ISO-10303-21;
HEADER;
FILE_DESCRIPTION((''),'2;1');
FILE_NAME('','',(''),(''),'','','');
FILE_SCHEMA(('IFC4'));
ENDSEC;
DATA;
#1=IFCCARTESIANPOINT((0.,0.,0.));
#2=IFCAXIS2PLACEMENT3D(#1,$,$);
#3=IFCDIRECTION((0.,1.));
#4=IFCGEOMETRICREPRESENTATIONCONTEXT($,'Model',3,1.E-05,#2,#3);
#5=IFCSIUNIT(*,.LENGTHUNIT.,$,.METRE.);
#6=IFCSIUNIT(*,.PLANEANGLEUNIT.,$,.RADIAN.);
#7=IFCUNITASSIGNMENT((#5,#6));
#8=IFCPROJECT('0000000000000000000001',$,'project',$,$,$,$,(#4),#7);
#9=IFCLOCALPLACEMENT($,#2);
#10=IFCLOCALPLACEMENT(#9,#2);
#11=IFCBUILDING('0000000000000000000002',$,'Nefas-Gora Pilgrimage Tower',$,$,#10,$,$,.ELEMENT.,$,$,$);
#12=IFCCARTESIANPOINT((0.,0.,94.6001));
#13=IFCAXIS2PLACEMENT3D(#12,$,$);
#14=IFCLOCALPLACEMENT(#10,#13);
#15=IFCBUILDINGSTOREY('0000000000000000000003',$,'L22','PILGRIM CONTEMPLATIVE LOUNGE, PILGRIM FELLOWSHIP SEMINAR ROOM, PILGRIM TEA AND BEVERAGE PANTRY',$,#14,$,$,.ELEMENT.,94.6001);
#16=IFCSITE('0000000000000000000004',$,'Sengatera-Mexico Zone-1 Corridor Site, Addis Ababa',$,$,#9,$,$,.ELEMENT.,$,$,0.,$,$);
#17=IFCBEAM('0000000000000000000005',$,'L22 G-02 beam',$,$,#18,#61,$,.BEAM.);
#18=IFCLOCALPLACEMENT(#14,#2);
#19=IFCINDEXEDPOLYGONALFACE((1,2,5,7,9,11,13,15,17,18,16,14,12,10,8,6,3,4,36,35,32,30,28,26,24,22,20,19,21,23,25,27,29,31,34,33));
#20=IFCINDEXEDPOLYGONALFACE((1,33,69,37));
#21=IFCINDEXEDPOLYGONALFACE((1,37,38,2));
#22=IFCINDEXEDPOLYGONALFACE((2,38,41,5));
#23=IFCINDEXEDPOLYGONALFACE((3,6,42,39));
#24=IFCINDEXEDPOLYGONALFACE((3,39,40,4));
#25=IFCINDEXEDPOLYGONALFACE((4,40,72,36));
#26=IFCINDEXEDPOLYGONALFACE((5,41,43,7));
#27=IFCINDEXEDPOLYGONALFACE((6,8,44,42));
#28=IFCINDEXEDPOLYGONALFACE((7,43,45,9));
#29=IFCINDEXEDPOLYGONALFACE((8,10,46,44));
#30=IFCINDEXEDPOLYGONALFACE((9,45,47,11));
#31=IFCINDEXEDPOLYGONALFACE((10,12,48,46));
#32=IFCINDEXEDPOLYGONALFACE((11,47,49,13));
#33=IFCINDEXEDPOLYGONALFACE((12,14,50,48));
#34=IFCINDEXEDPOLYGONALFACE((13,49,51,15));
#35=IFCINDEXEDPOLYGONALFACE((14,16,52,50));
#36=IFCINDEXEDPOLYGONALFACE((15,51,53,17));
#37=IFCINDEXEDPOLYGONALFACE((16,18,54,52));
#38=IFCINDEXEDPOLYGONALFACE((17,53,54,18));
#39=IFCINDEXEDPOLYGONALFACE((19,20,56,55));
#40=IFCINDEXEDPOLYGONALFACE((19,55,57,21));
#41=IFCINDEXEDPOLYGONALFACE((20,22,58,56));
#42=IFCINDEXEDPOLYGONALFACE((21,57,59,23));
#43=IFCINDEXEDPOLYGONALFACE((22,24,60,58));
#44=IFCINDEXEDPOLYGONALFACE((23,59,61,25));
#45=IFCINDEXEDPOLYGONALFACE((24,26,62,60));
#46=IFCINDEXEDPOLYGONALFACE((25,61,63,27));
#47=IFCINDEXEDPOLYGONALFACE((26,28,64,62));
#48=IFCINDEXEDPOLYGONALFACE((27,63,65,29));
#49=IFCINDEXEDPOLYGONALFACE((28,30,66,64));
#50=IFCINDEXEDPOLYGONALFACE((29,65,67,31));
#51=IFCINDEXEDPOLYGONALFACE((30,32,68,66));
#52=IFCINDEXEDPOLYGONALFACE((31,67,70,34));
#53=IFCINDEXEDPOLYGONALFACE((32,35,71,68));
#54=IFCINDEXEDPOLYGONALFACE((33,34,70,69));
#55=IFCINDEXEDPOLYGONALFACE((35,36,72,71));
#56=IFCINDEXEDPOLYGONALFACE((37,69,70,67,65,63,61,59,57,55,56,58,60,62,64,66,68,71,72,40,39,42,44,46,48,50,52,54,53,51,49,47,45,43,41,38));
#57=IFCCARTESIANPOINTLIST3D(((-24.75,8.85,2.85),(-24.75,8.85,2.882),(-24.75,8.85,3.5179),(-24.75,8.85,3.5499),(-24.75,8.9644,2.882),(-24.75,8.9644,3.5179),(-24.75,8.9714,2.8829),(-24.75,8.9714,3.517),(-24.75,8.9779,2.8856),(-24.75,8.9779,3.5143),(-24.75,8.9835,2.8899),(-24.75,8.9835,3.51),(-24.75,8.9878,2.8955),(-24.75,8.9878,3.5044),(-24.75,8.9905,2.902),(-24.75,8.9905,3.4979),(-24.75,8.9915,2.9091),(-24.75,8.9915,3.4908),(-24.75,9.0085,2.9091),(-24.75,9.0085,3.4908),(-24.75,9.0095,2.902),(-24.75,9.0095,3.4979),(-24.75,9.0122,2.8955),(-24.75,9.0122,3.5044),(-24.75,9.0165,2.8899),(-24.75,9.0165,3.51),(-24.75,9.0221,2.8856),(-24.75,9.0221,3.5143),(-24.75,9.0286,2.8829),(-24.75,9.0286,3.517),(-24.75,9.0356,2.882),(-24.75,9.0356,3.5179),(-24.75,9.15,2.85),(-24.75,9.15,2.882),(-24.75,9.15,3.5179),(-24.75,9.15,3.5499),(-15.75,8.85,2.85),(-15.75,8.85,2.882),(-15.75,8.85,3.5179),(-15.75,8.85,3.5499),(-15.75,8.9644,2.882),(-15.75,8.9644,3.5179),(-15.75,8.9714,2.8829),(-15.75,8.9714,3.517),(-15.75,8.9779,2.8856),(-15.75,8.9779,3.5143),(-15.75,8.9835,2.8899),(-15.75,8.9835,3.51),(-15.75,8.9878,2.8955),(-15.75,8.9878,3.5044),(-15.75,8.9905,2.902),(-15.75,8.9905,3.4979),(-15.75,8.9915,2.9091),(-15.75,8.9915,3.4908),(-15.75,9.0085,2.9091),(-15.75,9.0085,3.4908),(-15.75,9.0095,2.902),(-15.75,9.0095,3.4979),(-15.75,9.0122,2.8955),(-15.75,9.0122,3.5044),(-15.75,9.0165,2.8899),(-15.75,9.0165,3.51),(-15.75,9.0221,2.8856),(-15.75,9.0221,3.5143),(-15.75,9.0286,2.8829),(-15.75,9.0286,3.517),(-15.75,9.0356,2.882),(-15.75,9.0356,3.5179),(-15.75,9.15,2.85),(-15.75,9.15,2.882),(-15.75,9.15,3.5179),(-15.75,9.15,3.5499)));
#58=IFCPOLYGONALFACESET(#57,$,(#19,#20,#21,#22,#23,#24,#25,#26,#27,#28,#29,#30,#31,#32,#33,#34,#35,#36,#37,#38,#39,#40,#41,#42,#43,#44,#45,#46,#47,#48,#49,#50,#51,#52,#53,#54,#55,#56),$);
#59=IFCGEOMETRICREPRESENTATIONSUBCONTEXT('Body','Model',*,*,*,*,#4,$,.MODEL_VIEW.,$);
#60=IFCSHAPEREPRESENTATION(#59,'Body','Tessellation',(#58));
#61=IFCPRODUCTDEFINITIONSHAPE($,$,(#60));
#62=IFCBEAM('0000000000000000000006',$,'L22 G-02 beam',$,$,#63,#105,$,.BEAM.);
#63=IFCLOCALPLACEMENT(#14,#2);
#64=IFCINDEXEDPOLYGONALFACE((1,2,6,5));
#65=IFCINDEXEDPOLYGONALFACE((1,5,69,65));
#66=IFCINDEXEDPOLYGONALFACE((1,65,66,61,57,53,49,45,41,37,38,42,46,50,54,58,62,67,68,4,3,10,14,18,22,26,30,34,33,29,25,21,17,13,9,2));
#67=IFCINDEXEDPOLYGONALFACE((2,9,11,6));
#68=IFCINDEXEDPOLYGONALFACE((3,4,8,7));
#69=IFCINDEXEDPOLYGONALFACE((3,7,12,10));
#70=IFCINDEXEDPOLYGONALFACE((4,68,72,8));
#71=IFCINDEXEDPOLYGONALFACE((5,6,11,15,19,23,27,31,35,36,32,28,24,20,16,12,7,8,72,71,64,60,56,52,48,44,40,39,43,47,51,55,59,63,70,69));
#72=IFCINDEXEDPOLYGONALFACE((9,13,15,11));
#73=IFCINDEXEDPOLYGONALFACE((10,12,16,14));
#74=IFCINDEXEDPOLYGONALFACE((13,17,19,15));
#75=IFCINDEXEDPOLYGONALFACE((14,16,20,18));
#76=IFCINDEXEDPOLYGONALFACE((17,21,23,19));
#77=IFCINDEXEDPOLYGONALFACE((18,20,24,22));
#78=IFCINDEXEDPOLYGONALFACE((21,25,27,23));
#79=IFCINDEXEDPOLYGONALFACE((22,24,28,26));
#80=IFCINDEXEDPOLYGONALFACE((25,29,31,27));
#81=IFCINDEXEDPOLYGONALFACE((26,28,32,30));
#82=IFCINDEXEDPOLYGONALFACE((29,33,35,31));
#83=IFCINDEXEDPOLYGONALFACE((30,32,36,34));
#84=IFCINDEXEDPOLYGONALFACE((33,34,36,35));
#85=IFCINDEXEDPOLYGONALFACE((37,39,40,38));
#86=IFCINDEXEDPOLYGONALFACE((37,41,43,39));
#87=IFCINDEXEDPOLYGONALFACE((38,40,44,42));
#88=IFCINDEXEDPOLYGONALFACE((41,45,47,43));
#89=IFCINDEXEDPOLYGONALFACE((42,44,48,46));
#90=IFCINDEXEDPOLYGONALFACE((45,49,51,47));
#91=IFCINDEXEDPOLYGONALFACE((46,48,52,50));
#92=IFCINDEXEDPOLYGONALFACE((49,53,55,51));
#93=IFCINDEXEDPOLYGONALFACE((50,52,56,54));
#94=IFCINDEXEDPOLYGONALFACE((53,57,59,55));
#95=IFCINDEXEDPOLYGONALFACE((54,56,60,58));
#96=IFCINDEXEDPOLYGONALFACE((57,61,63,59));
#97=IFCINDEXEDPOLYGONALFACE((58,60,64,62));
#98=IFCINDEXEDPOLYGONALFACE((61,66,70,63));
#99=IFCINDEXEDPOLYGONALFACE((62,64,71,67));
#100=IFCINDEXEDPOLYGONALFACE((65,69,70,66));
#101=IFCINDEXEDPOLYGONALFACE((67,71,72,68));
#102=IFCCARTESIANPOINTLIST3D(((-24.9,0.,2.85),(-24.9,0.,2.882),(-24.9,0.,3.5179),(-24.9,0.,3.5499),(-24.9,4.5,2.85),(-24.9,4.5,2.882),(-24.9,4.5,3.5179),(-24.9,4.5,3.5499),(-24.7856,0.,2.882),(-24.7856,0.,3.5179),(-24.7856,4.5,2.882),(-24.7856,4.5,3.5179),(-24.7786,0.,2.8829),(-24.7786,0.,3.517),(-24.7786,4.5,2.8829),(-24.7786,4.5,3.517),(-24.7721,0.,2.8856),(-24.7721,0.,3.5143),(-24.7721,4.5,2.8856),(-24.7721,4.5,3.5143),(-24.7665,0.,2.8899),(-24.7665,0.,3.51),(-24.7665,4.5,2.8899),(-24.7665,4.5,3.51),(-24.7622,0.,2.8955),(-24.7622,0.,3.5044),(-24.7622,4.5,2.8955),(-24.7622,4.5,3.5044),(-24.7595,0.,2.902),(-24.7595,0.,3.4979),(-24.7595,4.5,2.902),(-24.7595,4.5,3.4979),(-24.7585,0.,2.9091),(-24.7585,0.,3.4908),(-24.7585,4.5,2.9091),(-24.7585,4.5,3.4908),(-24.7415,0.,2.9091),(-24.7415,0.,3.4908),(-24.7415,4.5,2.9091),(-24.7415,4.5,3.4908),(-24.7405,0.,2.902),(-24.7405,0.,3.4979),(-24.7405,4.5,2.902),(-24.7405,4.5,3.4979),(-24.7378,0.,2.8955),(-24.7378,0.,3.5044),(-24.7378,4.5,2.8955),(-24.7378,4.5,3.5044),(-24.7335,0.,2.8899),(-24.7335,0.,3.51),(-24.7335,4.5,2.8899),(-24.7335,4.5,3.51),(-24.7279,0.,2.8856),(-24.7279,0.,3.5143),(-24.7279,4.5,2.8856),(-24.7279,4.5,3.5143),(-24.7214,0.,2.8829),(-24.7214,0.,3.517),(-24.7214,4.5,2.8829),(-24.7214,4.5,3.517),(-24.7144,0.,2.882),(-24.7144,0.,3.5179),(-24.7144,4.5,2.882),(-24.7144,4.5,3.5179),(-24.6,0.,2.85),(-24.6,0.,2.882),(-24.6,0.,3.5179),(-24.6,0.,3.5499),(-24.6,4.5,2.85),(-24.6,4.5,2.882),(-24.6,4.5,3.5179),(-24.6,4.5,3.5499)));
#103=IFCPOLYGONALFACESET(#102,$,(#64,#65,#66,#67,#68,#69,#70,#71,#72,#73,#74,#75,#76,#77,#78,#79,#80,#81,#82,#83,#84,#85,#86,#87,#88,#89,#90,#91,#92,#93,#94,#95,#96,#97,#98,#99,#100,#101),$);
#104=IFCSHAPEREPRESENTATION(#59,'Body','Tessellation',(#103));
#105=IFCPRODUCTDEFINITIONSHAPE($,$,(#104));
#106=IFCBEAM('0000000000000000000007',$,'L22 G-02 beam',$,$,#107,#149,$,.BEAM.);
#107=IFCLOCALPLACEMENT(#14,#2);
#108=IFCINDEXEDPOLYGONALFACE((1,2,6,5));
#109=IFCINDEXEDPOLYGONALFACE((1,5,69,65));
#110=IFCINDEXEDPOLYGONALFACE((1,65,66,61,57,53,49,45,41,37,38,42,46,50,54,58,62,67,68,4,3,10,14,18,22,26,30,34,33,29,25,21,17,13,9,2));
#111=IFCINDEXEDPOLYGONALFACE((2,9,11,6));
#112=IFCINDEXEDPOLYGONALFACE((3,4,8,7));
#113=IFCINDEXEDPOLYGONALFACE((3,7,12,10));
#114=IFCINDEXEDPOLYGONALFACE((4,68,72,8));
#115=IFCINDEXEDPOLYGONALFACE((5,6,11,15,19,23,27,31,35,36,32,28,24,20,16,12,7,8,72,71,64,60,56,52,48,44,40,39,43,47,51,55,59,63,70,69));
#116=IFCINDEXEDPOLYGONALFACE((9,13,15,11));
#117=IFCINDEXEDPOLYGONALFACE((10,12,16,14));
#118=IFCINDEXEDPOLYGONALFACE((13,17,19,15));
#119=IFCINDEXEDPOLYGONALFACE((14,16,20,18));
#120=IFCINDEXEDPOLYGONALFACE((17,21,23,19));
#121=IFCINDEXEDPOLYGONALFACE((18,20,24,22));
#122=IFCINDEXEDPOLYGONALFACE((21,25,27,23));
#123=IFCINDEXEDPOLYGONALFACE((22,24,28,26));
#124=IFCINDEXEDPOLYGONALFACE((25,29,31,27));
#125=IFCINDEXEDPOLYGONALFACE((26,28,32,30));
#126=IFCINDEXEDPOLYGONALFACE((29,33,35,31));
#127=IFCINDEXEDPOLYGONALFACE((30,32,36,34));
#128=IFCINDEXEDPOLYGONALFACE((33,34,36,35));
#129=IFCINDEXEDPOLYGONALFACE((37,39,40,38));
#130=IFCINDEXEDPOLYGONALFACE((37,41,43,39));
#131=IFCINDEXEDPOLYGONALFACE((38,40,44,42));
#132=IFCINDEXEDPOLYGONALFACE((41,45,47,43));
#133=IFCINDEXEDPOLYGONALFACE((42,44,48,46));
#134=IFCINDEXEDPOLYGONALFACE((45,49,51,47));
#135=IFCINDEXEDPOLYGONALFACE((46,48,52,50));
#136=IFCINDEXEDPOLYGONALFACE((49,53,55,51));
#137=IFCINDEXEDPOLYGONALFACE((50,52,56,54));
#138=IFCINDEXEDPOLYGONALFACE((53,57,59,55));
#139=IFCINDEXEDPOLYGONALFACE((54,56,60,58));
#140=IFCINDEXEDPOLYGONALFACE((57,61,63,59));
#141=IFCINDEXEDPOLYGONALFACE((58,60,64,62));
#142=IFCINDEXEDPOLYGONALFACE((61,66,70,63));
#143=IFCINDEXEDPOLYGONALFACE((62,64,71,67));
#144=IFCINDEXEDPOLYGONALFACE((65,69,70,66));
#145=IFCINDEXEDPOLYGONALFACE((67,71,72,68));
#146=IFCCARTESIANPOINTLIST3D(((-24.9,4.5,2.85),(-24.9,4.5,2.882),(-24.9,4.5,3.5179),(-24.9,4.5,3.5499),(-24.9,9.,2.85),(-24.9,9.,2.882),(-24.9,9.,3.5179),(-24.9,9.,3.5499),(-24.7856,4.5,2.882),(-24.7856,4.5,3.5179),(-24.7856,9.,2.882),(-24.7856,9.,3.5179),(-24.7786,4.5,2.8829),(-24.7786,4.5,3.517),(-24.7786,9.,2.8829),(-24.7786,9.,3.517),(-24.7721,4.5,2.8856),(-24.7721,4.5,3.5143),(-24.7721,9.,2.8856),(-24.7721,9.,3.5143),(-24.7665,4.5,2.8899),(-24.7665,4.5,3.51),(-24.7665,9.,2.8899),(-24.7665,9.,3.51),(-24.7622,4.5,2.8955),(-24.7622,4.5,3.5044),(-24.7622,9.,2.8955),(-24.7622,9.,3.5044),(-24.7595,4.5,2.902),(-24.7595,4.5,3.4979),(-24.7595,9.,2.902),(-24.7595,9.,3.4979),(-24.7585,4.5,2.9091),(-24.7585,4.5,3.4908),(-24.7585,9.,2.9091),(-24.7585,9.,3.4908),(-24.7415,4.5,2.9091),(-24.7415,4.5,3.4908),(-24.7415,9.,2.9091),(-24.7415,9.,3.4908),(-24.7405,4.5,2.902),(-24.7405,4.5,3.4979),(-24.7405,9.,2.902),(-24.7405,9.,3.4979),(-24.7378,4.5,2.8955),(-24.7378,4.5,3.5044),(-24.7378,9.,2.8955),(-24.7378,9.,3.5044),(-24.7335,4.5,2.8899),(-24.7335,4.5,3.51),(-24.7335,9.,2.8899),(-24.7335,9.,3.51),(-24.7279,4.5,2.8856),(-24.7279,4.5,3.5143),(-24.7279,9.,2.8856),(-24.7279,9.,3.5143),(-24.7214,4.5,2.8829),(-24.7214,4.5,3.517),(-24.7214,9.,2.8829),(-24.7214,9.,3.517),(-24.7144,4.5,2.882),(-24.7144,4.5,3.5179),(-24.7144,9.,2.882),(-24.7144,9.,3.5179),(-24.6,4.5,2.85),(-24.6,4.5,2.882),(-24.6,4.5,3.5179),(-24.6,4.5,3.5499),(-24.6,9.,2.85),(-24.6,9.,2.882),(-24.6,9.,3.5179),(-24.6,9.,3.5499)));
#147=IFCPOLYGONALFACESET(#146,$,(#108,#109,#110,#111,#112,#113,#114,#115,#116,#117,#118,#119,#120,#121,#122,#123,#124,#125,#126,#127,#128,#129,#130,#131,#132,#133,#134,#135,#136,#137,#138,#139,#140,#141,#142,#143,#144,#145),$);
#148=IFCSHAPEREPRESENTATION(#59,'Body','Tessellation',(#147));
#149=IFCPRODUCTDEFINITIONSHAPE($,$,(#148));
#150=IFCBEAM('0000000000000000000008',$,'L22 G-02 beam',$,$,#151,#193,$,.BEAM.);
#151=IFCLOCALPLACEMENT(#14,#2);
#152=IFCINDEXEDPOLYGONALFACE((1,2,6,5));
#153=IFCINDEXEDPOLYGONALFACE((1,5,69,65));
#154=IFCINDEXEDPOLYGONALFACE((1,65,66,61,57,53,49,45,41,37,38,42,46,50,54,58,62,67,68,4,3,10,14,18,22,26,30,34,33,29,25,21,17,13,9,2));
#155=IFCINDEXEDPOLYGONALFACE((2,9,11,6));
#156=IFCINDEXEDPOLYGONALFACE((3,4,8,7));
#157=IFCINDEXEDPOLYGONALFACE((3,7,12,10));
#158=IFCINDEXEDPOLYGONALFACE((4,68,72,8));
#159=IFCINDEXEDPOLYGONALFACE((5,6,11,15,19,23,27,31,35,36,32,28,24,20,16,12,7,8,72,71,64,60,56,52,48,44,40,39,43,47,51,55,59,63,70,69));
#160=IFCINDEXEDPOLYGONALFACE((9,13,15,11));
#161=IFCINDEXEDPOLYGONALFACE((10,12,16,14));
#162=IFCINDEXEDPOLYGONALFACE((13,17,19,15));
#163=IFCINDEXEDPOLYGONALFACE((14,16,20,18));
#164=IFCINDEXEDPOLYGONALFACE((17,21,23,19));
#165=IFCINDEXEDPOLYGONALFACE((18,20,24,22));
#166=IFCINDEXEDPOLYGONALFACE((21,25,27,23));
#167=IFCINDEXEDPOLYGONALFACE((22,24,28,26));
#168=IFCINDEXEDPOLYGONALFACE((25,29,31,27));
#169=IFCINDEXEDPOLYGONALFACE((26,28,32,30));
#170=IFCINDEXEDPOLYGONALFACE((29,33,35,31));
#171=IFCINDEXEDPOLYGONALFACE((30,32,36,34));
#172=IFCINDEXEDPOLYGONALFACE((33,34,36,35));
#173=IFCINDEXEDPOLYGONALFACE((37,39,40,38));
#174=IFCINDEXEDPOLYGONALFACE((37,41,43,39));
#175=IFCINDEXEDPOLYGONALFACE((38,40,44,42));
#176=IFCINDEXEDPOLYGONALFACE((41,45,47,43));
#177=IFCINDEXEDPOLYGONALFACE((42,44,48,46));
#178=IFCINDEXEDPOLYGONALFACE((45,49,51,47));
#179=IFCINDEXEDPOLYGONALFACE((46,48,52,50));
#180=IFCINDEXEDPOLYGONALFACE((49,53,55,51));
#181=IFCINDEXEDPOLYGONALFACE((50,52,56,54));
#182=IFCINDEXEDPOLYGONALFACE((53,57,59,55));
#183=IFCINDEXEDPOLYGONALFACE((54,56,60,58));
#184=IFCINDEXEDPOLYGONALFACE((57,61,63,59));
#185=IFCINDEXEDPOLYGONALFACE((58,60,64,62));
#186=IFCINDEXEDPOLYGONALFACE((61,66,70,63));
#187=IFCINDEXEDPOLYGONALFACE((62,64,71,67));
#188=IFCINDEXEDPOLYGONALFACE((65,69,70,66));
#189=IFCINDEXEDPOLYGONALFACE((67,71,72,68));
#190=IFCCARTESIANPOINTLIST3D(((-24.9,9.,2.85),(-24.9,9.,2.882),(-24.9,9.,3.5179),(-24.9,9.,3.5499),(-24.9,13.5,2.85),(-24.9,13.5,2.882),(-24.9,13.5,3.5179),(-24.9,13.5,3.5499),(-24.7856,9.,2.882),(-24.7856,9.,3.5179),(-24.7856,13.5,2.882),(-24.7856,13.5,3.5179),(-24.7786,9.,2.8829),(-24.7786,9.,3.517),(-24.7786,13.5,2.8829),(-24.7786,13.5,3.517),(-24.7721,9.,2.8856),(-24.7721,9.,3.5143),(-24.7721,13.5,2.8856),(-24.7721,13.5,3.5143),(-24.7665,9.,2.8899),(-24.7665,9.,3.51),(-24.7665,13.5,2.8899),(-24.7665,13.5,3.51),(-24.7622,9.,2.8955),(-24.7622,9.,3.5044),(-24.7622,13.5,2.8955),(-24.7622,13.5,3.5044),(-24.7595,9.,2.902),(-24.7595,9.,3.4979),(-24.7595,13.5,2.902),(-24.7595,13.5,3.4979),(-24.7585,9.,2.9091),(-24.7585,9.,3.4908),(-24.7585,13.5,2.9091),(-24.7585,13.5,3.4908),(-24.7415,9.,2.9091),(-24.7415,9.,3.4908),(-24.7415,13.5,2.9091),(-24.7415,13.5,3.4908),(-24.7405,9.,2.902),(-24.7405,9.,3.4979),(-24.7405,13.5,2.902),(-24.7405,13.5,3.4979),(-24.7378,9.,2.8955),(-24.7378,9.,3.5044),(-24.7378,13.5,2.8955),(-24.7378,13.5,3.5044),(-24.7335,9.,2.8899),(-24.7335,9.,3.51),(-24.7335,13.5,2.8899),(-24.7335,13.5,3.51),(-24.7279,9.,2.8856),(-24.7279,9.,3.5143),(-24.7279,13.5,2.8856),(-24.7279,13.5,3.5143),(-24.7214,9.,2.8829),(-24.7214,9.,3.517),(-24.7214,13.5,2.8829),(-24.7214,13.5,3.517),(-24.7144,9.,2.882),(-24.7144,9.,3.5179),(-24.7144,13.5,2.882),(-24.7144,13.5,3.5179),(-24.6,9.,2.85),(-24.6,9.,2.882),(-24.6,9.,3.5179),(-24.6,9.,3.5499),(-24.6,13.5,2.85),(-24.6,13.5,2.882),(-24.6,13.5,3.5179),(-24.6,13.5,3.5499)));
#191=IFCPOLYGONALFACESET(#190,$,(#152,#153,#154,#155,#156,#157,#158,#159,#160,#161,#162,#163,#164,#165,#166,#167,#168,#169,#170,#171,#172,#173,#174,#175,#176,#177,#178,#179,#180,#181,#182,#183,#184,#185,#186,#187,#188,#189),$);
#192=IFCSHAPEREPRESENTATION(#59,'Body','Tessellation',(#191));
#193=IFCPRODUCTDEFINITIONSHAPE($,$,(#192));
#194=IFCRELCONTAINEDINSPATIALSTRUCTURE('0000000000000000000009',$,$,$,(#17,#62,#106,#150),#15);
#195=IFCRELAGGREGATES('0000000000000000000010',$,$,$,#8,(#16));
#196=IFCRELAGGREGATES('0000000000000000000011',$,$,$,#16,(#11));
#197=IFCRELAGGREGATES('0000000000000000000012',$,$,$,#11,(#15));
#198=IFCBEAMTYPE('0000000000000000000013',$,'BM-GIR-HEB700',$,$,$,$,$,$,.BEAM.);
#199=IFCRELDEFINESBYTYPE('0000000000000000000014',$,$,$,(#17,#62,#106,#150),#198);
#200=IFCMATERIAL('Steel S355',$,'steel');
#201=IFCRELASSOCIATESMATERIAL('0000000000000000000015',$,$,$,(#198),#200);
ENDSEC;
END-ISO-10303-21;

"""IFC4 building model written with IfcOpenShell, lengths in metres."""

from ifc_helpers import new_model, si_unit, direction, frame, origin, origin_2d, place, context, subcontext, project, spatial, i_section, extrude, source, transform, mapped, material, material_profile, profile_set, type_object, element, save


model = new_model("IFC4")

# Units and contexts
model_context = context("Model", 3, precision=1e-05, world=origin(), true_north=direction((0.0, 1.0)))
body_context = subcontext(model_context, "Body", "Model", "MODEL_VIEW")
ifc_project = project(units=[si_unit("LENGTHUNIT", "METRE"), si_unit("PLANEANGLEUNIT", "RADIAN")], contexts=[model_context])

# Site, building, storey
site_placement = place(None, origin())
site = spatial("IfcSite", under=ifc_project, at=site_placement, Name="Sengatera-Mexico Zone-1 Corridor Site, Addis Ababa", CompositionType="ELEMENT", RefElevation=0.0)
building_placement = place(site_placement, origin())
building = spatial("IfcBuilding", under=site, at=building_placement, Name="Nefas-Gora Pilgrimage Tower", CompositionType="ELEMENT")
storey_placement = place(building_placement, frame((0.0, 0.0, 94.6001)))
storey = spatial("IfcBuildingStorey", under=building, at=storey_placement, Name="L22", Description="PILGRIM CONTEMPLATIVE LOUNGE, PILGRIM FELLOWSHIP SEMINAR ROOM, PILGRIM TEA AND BEVERAGE PANTRY", CompositionType="ELEMENT", Elevation=94.6001)

# Beams
ifc_material_1 = material(Name="Steel S355", Category="steel")
ifc_material_profile_1 = material_profile(ifc_material_1, i_section(OverallWidth=0.3, OverallDepth=0.7, WebThickness=0.0171, FlangeThickness=0.032, FilletRadius=0.0271, at=origin_2d()), Name="HEB 700")
ifc_profile_set_1 = profile_set([ifc_material_profile_1], Name="Steel S355")
beam_type_1 = type_object("IfcBeamType", Name="BM-GIR-HEB700", PredefinedType="BEAM", material=ifc_profile_set_1)
shared_shape_1 = source(origin(), body_context, "Body", "SweptSolid", [
    extrude(i_section(OverallWidth=0.3, OverallDepth=0.7, WebThickness=0.0171, FlangeThickness=0.032, FilletRadius=0.0271, at=origin_2d()), origin(), (0.0, 0.0, 1.0), 9.0),
])
for number, where, z_axis, x_axis, name in (
    (1, (-24.75, 9.0, 3.2), (1.0, 0.0, 0.0), (0.0, 1.0, 0.0), "L22 G-02 beam"),
):
    element("IfcBeam", number, at=place(storey_placement, frame(where, z_axis=z_axis, x_axis=x_axis)), inside=storey, type_object=beam_type_1, Name=name, PredefinedType="BEAM", context=body_context, shape_type="MappedRepresentation", body=[
        mapped(shared_shape_1, transform((0.0, 0.0, 0.0), x_axis=(1.0, 0.0, 0.0), y_axis=(0.0, 1.0, 0.0), z_axis=(0.0, 0.0, 1.0), scale=1.0)),
    ])
shared_shape_2 = source(origin(), body_context, "Body", "SweptSolid", [
    extrude(i_section(OverallWidth=0.3, OverallDepth=0.7, WebThickness=0.0171, FlangeThickness=0.032, FilletRadius=0.0271, at=origin_2d()), origin(), (0.0, 0.0, 1.0), 4.5),
])
for number, where, z_axis, x_axis, name in (
    (2, (-24.75, 0.0, 3.2), (0.0, 1.0, 0.0), (-1.0, 0.0, 0.0), "L22 G-02 beam"),
    (3, (-24.75, 4.5, 3.2), (0.0, 1.0, 0.0), (-1.0, 0.0, 0.0), "L22 G-02 beam"),
    (4, (-24.75, 9.0, 3.2), (0.0, 1.0, 0.0), (-1.0, 0.0, 0.0), "L22 G-02 beam"),
):
    element("IfcBeam", number, at=place(storey_placement, frame(where, z_axis=z_axis, x_axis=x_axis)), inside=storey, type_object=beam_type_1, Name=name, PredefinedType="BEAM", context=body_context, shape_type="MappedRepresentation", body=[
        mapped(shared_shape_2, transform((0.0, 0.0, 0.0), x_axis=(1.0, 0.0, 0.0), y_axis=(0.0, 1.0, 0.0), z_axis=(0.0, 0.0, 1.0), scale=1.0)),
    ])

save(model, "model.ifc")
